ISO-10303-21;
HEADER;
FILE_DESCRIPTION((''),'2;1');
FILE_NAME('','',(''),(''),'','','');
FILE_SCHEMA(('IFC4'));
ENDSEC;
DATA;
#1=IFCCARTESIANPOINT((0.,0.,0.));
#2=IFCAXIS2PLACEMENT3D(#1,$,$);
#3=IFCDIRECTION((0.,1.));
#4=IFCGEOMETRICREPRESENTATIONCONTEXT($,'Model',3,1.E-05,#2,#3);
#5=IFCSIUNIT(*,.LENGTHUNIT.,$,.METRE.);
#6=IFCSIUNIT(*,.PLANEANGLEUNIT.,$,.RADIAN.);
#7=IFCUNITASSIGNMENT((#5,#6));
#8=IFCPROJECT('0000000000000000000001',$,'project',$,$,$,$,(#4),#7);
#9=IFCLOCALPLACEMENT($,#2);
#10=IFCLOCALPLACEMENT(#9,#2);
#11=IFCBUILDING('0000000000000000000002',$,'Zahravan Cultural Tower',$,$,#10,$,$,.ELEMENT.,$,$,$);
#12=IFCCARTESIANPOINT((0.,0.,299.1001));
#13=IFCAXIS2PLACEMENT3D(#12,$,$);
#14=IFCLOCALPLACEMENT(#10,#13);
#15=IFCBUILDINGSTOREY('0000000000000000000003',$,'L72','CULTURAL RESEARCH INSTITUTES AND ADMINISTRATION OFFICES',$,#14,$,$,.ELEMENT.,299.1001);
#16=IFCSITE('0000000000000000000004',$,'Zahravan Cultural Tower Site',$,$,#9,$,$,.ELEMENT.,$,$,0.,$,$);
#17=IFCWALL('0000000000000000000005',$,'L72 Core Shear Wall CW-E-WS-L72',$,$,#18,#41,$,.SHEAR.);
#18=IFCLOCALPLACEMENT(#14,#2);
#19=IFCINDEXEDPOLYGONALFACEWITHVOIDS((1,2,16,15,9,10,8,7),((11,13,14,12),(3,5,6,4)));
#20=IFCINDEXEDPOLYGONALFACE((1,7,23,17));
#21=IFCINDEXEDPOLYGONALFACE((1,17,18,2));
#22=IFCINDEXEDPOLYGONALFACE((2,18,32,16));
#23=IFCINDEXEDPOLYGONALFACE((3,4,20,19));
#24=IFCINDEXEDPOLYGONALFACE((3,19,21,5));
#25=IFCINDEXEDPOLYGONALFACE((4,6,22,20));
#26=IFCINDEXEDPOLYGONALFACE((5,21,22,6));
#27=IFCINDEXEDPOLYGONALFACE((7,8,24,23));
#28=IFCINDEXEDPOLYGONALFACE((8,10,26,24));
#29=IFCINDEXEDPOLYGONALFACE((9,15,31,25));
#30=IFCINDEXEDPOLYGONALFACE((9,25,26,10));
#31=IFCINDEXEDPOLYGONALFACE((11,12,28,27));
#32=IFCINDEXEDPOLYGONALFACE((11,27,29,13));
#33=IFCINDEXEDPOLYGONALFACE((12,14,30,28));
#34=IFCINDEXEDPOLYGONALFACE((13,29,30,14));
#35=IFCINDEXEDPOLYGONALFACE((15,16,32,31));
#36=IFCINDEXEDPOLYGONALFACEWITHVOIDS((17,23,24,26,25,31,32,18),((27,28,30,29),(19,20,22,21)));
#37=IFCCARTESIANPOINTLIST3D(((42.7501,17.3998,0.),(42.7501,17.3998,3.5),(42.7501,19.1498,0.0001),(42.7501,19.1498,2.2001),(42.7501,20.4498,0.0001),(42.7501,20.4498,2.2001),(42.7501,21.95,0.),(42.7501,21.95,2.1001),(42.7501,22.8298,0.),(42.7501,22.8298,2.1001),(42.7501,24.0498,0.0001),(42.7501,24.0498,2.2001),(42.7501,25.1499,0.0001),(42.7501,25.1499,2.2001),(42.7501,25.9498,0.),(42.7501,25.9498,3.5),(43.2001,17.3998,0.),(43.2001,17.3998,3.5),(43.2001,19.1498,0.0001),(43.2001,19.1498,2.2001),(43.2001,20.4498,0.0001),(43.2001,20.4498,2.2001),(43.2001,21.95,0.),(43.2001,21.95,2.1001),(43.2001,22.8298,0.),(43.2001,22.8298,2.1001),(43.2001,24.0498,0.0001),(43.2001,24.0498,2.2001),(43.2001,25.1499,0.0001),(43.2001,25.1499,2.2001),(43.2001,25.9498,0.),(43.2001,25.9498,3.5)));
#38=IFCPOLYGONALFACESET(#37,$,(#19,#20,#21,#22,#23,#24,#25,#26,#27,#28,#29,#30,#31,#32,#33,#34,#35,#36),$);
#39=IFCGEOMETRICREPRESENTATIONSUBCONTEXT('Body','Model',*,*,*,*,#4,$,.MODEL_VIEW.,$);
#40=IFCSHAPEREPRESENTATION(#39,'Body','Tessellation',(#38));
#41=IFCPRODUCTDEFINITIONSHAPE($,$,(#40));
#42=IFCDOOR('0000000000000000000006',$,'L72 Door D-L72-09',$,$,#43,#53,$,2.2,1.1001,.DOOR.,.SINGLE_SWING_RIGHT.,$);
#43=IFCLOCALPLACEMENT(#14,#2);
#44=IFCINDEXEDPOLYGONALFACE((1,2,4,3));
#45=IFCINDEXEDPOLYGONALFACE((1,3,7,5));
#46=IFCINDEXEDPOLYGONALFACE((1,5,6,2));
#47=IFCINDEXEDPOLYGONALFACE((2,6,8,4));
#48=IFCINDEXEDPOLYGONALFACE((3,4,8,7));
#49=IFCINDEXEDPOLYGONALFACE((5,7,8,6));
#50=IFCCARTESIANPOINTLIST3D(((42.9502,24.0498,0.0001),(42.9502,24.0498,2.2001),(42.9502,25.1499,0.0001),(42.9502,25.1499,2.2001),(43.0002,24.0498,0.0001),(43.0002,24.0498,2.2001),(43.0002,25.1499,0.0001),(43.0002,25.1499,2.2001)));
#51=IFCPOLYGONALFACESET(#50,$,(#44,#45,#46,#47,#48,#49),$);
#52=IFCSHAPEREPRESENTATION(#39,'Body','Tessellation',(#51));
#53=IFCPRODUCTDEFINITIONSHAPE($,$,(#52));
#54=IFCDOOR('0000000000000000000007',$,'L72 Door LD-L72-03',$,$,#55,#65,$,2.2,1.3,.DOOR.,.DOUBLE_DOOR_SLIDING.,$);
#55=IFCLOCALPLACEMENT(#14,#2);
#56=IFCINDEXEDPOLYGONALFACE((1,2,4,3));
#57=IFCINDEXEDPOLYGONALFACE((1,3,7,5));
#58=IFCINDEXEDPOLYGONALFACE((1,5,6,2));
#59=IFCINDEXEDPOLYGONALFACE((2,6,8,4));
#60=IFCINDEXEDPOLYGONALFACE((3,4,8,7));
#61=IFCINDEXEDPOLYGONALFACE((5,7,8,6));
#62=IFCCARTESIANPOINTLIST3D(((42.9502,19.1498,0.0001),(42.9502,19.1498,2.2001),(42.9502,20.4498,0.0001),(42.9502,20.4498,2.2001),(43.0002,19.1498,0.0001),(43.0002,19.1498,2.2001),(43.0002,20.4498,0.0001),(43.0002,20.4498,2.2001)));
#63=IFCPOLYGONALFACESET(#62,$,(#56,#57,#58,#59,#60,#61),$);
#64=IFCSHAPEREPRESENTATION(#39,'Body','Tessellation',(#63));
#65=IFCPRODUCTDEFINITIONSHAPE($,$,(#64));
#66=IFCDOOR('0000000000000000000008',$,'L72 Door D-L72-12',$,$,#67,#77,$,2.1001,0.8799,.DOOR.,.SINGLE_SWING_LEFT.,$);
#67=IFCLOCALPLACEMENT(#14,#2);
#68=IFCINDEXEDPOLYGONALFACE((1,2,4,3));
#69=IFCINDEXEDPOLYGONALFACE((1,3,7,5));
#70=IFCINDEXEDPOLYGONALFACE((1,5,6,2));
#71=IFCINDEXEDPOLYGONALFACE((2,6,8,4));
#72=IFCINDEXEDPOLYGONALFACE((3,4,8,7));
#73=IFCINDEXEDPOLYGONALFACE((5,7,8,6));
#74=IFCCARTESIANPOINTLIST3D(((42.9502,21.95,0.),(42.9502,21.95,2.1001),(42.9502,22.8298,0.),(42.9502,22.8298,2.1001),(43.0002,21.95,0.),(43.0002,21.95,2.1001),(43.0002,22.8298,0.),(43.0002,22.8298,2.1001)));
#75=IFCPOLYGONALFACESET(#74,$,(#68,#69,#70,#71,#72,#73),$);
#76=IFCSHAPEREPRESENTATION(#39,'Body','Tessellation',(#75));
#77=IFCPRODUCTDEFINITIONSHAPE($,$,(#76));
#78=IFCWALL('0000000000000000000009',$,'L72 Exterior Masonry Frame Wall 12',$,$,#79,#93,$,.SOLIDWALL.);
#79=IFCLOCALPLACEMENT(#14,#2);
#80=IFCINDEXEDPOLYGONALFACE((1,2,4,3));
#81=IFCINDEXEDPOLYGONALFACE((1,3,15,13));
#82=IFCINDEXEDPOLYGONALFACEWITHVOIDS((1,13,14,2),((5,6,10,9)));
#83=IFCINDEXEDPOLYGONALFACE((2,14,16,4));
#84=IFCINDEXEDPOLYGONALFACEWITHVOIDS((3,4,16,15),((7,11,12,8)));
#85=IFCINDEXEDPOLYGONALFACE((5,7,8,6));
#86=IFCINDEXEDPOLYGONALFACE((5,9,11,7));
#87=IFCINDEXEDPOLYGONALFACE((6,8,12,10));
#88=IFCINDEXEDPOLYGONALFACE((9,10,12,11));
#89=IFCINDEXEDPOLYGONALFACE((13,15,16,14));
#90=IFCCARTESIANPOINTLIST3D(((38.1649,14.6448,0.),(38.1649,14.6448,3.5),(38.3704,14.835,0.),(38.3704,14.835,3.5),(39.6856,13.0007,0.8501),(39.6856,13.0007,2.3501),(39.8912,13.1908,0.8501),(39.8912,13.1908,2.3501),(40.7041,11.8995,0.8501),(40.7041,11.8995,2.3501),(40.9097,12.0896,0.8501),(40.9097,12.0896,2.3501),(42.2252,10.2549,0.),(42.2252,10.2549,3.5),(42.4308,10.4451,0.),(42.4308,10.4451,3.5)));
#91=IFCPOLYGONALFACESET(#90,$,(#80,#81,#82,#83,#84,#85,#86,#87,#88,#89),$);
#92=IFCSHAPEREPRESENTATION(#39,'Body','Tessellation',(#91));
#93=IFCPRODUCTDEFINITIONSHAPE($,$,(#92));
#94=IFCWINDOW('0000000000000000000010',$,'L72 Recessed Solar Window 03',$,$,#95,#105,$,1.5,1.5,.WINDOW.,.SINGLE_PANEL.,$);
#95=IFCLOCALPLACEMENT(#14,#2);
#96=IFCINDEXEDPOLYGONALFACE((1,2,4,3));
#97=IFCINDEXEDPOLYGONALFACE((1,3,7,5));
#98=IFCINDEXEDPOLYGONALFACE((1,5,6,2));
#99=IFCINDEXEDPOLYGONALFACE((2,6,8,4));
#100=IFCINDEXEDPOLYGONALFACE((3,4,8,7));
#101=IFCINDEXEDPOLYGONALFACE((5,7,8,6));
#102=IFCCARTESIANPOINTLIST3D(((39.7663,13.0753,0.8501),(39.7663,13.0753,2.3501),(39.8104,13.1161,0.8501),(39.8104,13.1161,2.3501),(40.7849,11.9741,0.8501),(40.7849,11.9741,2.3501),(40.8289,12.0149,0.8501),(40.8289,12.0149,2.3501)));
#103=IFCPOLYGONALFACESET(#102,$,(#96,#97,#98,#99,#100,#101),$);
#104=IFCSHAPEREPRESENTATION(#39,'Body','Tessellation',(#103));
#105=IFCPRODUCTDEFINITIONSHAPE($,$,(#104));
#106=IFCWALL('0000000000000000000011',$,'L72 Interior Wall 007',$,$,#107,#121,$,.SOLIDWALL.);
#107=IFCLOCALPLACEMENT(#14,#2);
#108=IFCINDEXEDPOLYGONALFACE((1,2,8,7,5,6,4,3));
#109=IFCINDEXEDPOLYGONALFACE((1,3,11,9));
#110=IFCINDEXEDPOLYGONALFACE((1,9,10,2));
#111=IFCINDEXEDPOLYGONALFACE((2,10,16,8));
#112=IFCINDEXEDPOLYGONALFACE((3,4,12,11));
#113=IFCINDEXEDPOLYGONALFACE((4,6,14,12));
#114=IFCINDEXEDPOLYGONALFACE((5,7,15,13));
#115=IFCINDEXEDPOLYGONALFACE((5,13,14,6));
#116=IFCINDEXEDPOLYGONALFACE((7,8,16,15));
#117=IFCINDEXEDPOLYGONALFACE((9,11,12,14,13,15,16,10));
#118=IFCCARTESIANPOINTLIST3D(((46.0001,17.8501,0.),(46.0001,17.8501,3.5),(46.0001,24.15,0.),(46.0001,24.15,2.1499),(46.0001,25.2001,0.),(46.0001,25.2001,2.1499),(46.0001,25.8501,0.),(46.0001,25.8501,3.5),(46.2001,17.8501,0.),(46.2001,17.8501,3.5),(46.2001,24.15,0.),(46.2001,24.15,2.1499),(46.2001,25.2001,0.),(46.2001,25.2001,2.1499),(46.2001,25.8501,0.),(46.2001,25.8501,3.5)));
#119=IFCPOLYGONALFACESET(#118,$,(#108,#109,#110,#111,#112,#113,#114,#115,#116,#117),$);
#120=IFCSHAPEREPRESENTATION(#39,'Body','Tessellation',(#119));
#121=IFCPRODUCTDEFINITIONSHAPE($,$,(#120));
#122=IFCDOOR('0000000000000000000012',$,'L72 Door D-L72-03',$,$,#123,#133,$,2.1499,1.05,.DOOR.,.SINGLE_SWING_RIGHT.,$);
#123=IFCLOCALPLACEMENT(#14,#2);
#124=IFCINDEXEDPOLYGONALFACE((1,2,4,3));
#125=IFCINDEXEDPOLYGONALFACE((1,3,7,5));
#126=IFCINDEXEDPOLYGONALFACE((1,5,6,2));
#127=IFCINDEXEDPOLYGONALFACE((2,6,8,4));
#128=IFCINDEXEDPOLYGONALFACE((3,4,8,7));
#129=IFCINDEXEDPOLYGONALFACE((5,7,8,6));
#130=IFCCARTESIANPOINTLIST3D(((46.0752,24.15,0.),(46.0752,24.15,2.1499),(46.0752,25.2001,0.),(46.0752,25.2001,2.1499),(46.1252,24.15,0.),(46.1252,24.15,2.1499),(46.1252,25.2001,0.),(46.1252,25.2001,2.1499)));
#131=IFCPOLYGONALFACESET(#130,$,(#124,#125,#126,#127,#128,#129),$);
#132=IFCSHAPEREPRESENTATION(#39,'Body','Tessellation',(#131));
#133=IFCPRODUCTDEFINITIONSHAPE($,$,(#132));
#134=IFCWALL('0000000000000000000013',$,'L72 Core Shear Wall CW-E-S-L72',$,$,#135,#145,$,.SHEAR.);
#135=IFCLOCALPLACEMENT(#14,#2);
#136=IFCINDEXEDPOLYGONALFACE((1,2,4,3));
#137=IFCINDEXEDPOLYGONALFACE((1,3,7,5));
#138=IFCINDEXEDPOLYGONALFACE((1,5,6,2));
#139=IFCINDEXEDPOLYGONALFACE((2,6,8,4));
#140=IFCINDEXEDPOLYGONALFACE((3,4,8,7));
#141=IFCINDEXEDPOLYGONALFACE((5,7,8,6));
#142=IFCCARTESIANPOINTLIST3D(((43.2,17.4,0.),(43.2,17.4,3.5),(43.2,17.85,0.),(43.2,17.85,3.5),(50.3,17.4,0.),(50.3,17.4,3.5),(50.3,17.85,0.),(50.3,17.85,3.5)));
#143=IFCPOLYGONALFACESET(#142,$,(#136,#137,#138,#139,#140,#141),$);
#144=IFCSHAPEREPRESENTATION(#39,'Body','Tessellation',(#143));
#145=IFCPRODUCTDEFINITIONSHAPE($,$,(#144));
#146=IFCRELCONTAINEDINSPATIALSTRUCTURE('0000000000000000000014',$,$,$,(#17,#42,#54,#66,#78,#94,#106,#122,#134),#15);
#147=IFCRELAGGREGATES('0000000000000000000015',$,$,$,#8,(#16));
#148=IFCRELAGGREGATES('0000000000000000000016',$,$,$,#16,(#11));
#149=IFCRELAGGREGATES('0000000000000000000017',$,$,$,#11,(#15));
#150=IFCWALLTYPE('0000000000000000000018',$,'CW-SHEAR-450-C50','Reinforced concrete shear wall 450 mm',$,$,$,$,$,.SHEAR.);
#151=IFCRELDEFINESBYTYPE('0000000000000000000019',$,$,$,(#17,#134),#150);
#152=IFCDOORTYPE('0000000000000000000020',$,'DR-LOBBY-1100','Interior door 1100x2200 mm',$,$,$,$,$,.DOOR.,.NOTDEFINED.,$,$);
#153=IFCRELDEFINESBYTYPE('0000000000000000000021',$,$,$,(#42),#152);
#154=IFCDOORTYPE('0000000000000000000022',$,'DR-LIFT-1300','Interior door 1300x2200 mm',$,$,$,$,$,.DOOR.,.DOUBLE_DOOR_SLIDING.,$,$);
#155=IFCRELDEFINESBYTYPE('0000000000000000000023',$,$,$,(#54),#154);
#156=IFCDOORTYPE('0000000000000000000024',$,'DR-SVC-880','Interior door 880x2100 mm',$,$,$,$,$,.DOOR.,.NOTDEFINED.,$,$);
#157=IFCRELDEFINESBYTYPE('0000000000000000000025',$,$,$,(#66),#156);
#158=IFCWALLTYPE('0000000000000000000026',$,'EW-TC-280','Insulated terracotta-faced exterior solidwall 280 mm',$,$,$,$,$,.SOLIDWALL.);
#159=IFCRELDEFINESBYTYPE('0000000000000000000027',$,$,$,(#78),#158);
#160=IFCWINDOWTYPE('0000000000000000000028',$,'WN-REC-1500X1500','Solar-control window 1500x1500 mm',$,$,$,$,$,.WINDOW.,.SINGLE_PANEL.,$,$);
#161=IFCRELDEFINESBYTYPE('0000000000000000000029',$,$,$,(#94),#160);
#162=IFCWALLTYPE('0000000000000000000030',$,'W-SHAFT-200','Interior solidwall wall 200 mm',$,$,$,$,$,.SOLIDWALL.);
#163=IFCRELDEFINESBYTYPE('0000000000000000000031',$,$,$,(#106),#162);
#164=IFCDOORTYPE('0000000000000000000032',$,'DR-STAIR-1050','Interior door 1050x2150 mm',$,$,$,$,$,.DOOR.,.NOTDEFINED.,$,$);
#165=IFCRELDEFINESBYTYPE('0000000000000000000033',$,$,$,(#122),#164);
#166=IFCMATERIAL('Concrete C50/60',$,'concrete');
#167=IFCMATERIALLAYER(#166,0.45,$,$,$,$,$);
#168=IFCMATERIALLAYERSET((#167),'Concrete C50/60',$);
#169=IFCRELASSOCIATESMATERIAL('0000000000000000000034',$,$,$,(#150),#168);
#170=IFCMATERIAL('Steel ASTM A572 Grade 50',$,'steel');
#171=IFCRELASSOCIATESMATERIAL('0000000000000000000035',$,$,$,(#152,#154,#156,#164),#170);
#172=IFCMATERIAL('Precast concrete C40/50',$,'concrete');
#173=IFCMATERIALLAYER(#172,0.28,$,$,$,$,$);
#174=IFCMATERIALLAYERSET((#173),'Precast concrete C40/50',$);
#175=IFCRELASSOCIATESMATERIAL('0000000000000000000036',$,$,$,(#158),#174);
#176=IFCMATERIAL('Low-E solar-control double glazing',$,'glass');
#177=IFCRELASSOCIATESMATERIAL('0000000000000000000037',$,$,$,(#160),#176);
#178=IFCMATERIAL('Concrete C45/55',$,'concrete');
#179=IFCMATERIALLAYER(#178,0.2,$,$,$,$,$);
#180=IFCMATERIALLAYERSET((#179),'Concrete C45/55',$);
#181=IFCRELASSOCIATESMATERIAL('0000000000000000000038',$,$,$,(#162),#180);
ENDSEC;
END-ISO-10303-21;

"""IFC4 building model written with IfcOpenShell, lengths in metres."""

from ifc_helpers import new_model, si_unit, direction, frame, frame_2d, origin, place, context, subcontext, project, spatial, rectangle, extrude, source, transform, mapped, material, layer, layer_set, type_object, element, fill, save


model = new_model("IFC4")

# Units and contexts
model_context = context("Model", 3, precision=1e-05, world=origin(), true_north=direction((0.0, 1.0)))
body_context = subcontext(model_context, "Body", "Model", "MODEL_VIEW")
ifc_project = project(units=[si_unit("LENGTHUNIT", "METRE"), si_unit("PLANEANGLEUNIT", "RADIAN")], contexts=[model_context])

# Site, building, storey
site_placement = place(None, origin())
site = spatial("IfcSite", under=ifc_project, at=site_placement, Name="Zahravan Cultural Tower Site", CompositionType="ELEMENT", RefElevation=0.0)
building_placement = place(site_placement, origin())
building = spatial("IfcBuilding", under=site, at=building_placement, Name="Zahravan Cultural Tower", CompositionType="ELEMENT")
storey_placement = place(building_placement, frame((0.0, 0.0, 299.1001)))
storey = spatial("IfcBuildingStorey", under=building, at=storey_placement, Name="L72", Description="CULTURAL RESEARCH INSTITUTES AND ADMINISTRATION OFFICES", CompositionType="ELEMENT", Elevation=299.1001)

# Shared definitions
ifc_material_1 = material(Name="Concrete C50/60", Category="concrete")

# Shared definitions
ifc_material_2 = material(Name="Concrete C45/55", Category="concrete")

# Wall, openings, doors
ifc_layer_1 = layer(ifc_material_1, 0.45)
ifc_layer_set_1 = layer_set([ifc_layer_1], Name="Concrete C50/60")
wall_type_1 = type_object("IfcWallType", Name="CW-SHEAR-450-C50", Description="Reinforced concrete shear wall 450 mm", PredefinedType="SHEAR", material=ifc_layer_set_1)
wall_1_placement = place(storey_placement, frame((42.9751, 17.3999, 0.0), z_axis=(0.0, 0.0, 1.0), x_axis=(0.0, 1.0, 0.0)))
wall_1 = element("IfcWall", 1, at=wall_1_placement, inside=storey, type_object=wall_type_1, Name="L72 Core Shear Wall CW-E-WS-L72", PredefinedType="SHEAR", context=body_context, shape_type="SweptSolid", body=[
    extrude(rectangle(XDim=8.55, YDim=0.45, at=frame_2d((4.2749, 0.0))), origin(), (0.0, 0.0, 1.0), 3.5),
])
opening_1_placement = place(wall_1_placement, frame((6.6499, 0.0, 0.0)))
opening_1 = element("IfcOpeningElement", 2, at=opening_1_placement, cuts=wall_1, PredefinedType="OPENING", context=body_context, shape_type="SweptSolid", body=[
    extrude(rectangle(XDim=1.1001, YDim=2.2, at=frame_2d((0.55, 1.1001))), frame((0.0, 0.2349, 0.0), z_axis=(0.0, -1.0, 0.0), x_axis=(1.0, 0.0, 0.0)), (0.0, 0.0, 1.0), 0.47),
])
opening_2_placement = place(wall_1_placement, frame((1.75, 0.0, 0.0)))
opening_2 = element("IfcOpeningElement", 3, at=opening_2_placement, cuts=wall_1, PredefinedType="OPENING", context=body_context, shape_type="SweptSolid", body=[
    extrude(rectangle(XDim=1.3, YDim=2.2, at=frame_2d((0.6499, 1.1001))), frame((0.0, 0.2349, 0.0), z_axis=(0.0, -1.0, 0.0), x_axis=(1.0, 0.0, 0.0)), (0.0, 0.0, 1.0), 0.47),
])
opening_3_placement = place(wall_1_placement, frame((4.55, 0.0, 0.0)))
opening_3 = element("IfcOpeningElement", 4, at=opening_3_placement, cuts=wall_1, PredefinedType="OPENING", context=body_context, shape_type="SweptSolid", body=[
    extrude(rectangle(XDim=0.8799, YDim=2.1001, at=frame_2d((0.4399, 1.05))), frame((0.0, 0.2349, 0.0), z_axis=(0.0, -1.0, 0.0), x_axis=(1.0, 0.0, 0.0)), (0.0, 0.0, 1.0), 0.47),
])
ifc_material_3 = material(Name="Steel ASTM A572 Grade 50", Category="steel")
door_type_1 = type_object("IfcDoorType", Name="DR-LOBBY-1100", Description="Interior door 1100x2200 mm", OperationType="NOTDEFINED", PredefinedType="DOOR", material=ifc_material_3)
shared_shape_1 = source(origin(), body_context, "Body", "SweptSolid", [
    extrude(rectangle(XDim=1.1001, YDim=2.2, at=frame_2d((0.55, 1.1001))), frame((0.0, 0.0249, 0.0), z_axis=(0.0, -1.0, 0.0), x_axis=(1.0, 0.0, 0.0)), (0.0, 0.0, 1.0), 0.05),
])
door_1_placement = place(opening_1_placement, origin())
door_1 = element("IfcDoor", 5, at=door_1_placement, inside=storey, type_object=door_type_1, Name="L72 Door D-L72-09", OperationType="SINGLE_SWING_RIGHT", OverallHeight=2.2, OverallWidth=1.1001, PredefinedType="DOOR", context=body_context, shape_type="MappedRepresentation", body=[
    mapped(shared_shape_1, transform((0.0, 0.0, 0.0), x_axis=(1.0, 0.0, 0.0), y_axis=(0.0, 1.0, 0.0), z_axis=(0.0, 0.0, 1.0), scale=1.0)),
])
fill(opening_1, door_1)
door_type_2 = type_object("IfcDoorType", Name="DR-LIFT-1300", Description="Interior door 1300x2200 mm", OperationType="DOUBLE_DOOR_SLIDING", PredefinedType="DOOR", material=ifc_material_3)
shared_shape_2 = source(origin(), body_context, "Body", "SweptSolid", [
    extrude(rectangle(XDim=1.3, YDim=2.2, at=frame_2d((0.6499, 1.1001))), frame((0.0, 0.0249, 0.0), z_axis=(0.0, -1.0, 0.0), x_axis=(1.0, 0.0, 0.0)), (0.0, 0.0, 1.0), 0.05),
])
door_2_placement = place(opening_2_placement, origin())
door_2 = element("IfcDoor", 6, at=door_2_placement, inside=storey, type_object=door_type_2, Name="L72 Door LD-L72-03", OperationType="DOUBLE_DOOR_SLIDING", OverallHeight=2.2, OverallWidth=1.3, PredefinedType="DOOR", context=body_context, shape_type="MappedRepresentation", body=[
    mapped(shared_shape_2, transform((0.0, 0.0, 0.0), x_axis=(1.0, 0.0, 0.0), y_axis=(0.0, 1.0, 0.0), z_axis=(0.0, 0.0, 1.0), scale=1.0)),
])
fill(opening_2, door_2)
door_type_3 = type_object("IfcDoorType", Name="DR-SVC-880", Description="Interior door 880x2100 mm", OperationType="NOTDEFINED", PredefinedType="DOOR", material=ifc_material_3)
shared_shape_3 = source(origin(), body_context, "Body", "SweptSolid", [
    extrude(rectangle(XDim=0.8799, YDim=2.1001, at=frame_2d((0.4399, 1.05))), frame((0.0, 0.0249, 0.0), z_axis=(0.0, -1.0, 0.0), x_axis=(1.0, 0.0, 0.0)), (0.0, 0.0, 1.0), 0.05),
])
door_3_placement = place(opening_3_placement, origin())
door_3 = element("IfcDoor", 7, at=door_3_placement, inside=storey, type_object=door_type_3, Name="L72 Door D-L72-12", OperationType="SINGLE_SWING_LEFT", OverallHeight=2.1001, OverallWidth=0.8799, PredefinedType="DOOR", context=body_context, shape_type="MappedRepresentation", body=[
    mapped(shared_shape_3, transform((0.0, 0.0, 0.0), x_axis=(1.0, 0.0, 0.0), y_axis=(0.0, 1.0, 0.0), z_axis=(0.0, 0.0, 1.0), scale=1.0)),
])
fill(opening_3, door_3)

# Wall, opening, window
ifc_material_4 = material(Name="Precast concrete C40/50", Category="concrete")
ifc_layer_2 = layer(ifc_material_4, 0.28)
ifc_layer_set_2 = layer_set([ifc_layer_2], Name="Precast concrete C40/50")
wall_type_2 = type_object("IfcWallType", Name="EW-TC-280", Description="Insulated terracotta-faced exterior solidwall 280 mm", PredefinedType="SOLIDWALL", material=ifc_layer_set_2)
wall_2_placement = place(storey_placement, frame((42.3279, 10.3501, 0.0), z_axis=(0.0, 0.0, 1.0), x_axis=(-0.679011, 0.734128, 0.0)))
wall_2 = element("IfcWall", 8, at=wall_2_placement, inside=storey, type_object=wall_type_2, Name="L72 Exterior Masonry Frame Wall 12", PredefinedType="SOLIDWALL", context=body_context, shape_type="SweptSolid", body=[
    extrude(rectangle(XDim=5.9797, YDim=0.28, at=frame_2d((2.9897, 0.0))), origin(), (0.0, 0.0, 1.0), 3.5),
])
opening_4_placement = place(wall_2_placement, frame((2.24, 0.0, 0.8501)))
opening_4 = element("IfcOpeningElement", 9, at=opening_4_placement, cuts=wall_2, PredefinedType="OPENING", context=body_context, shape_type="SweptSolid", body=[
    extrude(rectangle(XDim=1.5, YDim=1.5, at=frame_2d((0.75, 0.75))), frame((0.0, 0.1499, 0.0), z_axis=(0.0, -1.0, 0.0), x_axis=(1.0, 0.0, 0.0)), (0.0, 0.0, 1.0), 0.3),
])
ifc_material_5 = material(Name="Low-E solar-control double glazing", Category="glass")
window_type = type_object("IfcWindowType", Name="WN-REC-1500X1500", Description="Solar-control window 1500x1500 mm", PartitioningType="SINGLE_PANEL", PredefinedType="WINDOW", material=ifc_material_5)
shared_shape_4 = source(origin(), body_context, "Body", "SweptSolid", [
    extrude(rectangle(XDim=1.5, YDim=1.5, at=frame_2d((0.75, 0.75))), frame((0.0, 0.03, 0.0), z_axis=(0.0, -1.0, 0.0), x_axis=(1.0, 0.0, 0.0)), (0.0, 0.0, 1.0), 0.0601),
])
window_placement = place(opening_4_placement, origin())
window = element("IfcWindow", 10, at=window_placement, inside=storey, type_object=window_type, Name="L72 Recessed Solar Window 03", OverallHeight=1.5, OverallWidth=1.5, PartitioningType="SINGLE_PANEL", PredefinedType="WINDOW", context=body_context, shape_type="MappedRepresentation", body=[
    mapped(shared_shape_4, transform((0.0, 0.0, 0.0), x_axis=(1.0, 0.0, 0.0), y_axis=(0.0, 1.0, 0.0), z_axis=(0.0, 0.0, 1.0), scale=1.0)),
])
fill(opening_4, window)

# Wall, opening, door
ifc_layer_3 = layer(ifc_material_2, 0.2)
ifc_layer_set_3 = layer_set([ifc_layer_3], Name="Concrete C45/55")
wall_type_3 = type_object("IfcWallType", Name="W-SHAFT-200", Description="Interior solidwall wall 200 mm", PredefinedType="SOLIDWALL", material=ifc_layer_set_3)
wall_3_placement = place(storey_placement, frame((46.1001, 17.8501, 0.0), z_axis=(0.0, 0.0, 1.0), x_axis=(0.0, 1.0, 0.0)))
wall_3 = element("IfcWall", 11, at=wall_3_placement, inside=storey, type_object=wall_type_3, Name="L72 Interior Wall 007", PredefinedType="SOLIDWALL", context=body_context, shape_type="SweptSolid", body=[
    extrude(rectangle(XDim=8.0, YDim=0.2, at=frame_2d((4.0, 0.0))), origin(), (0.0, 0.0, 1.0), 3.5),
])
opening_5_placement = place(wall_3_placement, frame((6.3, 0.0, 0.0)))
opening_5 = element("IfcOpeningElement", 12, at=opening_5_placement, cuts=wall_3, PredefinedType="OPENING", context=body_context, shape_type="SweptSolid", body=[
    extrude(rectangle(XDim=1.05, YDim=2.1499, at=frame_2d((0.5249, 1.075))), frame((0.0, 0.1099, 0.0), z_axis=(0.0, -1.0, 0.0), x_axis=(1.0, 0.0, 0.0)), (0.0, 0.0, 1.0), 0.22),
])
door_type_4 = type_object("IfcDoorType", Name="DR-STAIR-1050", Description="Interior door 1050x2150 mm", OperationType="NOTDEFINED", PredefinedType="DOOR", material=ifc_material_3)
shared_shape_5 = source(origin(), body_context, "Body", "SweptSolid", [
    extrude(rectangle(XDim=1.05, YDim=2.1499, at=frame_2d((0.5249, 1.075))), frame((0.0, 0.0249, 0.0), z_axis=(0.0, -1.0, 0.0), x_axis=(1.0, 0.0, 0.0)), (0.0, 0.0, 1.0), 0.05),
])
door_4_placement = place(opening_5_placement, origin())
door_4 = element("IfcDoor", 13, at=door_4_placement, inside=storey, type_object=door_type_4, Name="L72 Door D-L72-03", OperationType="SINGLE_SWING_RIGHT", OverallHeight=2.1499, OverallWidth=1.05, PredefinedType="DOOR", context=body_context, shape_type="MappedRepresentation", body=[
    mapped(shared_shape_5, transform((0.0, 0.0, 0.0), x_axis=(1.0, 0.0, 0.0), y_axis=(0.0, 1.0, 0.0), z_axis=(0.0, 0.0, 1.0), scale=1.0)),
])
fill(opening_5, door_4)

# Wall
shared_shape_6 = source(origin(), body_context, "Body", "SweptSolid", [
    extrude(rectangle(XDim=7.1001, YDim=0.45, at=frame_2d((3.55, 0.0))), origin(), (0.0, 0.0, 1.0), 3.5),
])
wall_4_placement = place(storey_placement, frame((43.2, 17.625, 0.0), z_axis=(0.0, 0.0, 1.0), x_axis=(1.0, 0.0, 0.0)))
element("IfcWall", 14, at=wall_4_placement, inside=storey, type_object=wall_type_1, Name="L72 Core Shear Wall CW-E-S-L72", PredefinedType="SHEAR", context=body_context, shape_type="MappedRepresentation", body=[
    mapped(shared_shape_6, transform((0.0, 0.0, 0.0), x_axis=(1.0, 0.0, 0.0), y_axis=(0.0, 1.0, 0.0), z_axis=(0.0, 0.0, 1.0), scale=1.0)),
])

save(model, "model.ifc")
